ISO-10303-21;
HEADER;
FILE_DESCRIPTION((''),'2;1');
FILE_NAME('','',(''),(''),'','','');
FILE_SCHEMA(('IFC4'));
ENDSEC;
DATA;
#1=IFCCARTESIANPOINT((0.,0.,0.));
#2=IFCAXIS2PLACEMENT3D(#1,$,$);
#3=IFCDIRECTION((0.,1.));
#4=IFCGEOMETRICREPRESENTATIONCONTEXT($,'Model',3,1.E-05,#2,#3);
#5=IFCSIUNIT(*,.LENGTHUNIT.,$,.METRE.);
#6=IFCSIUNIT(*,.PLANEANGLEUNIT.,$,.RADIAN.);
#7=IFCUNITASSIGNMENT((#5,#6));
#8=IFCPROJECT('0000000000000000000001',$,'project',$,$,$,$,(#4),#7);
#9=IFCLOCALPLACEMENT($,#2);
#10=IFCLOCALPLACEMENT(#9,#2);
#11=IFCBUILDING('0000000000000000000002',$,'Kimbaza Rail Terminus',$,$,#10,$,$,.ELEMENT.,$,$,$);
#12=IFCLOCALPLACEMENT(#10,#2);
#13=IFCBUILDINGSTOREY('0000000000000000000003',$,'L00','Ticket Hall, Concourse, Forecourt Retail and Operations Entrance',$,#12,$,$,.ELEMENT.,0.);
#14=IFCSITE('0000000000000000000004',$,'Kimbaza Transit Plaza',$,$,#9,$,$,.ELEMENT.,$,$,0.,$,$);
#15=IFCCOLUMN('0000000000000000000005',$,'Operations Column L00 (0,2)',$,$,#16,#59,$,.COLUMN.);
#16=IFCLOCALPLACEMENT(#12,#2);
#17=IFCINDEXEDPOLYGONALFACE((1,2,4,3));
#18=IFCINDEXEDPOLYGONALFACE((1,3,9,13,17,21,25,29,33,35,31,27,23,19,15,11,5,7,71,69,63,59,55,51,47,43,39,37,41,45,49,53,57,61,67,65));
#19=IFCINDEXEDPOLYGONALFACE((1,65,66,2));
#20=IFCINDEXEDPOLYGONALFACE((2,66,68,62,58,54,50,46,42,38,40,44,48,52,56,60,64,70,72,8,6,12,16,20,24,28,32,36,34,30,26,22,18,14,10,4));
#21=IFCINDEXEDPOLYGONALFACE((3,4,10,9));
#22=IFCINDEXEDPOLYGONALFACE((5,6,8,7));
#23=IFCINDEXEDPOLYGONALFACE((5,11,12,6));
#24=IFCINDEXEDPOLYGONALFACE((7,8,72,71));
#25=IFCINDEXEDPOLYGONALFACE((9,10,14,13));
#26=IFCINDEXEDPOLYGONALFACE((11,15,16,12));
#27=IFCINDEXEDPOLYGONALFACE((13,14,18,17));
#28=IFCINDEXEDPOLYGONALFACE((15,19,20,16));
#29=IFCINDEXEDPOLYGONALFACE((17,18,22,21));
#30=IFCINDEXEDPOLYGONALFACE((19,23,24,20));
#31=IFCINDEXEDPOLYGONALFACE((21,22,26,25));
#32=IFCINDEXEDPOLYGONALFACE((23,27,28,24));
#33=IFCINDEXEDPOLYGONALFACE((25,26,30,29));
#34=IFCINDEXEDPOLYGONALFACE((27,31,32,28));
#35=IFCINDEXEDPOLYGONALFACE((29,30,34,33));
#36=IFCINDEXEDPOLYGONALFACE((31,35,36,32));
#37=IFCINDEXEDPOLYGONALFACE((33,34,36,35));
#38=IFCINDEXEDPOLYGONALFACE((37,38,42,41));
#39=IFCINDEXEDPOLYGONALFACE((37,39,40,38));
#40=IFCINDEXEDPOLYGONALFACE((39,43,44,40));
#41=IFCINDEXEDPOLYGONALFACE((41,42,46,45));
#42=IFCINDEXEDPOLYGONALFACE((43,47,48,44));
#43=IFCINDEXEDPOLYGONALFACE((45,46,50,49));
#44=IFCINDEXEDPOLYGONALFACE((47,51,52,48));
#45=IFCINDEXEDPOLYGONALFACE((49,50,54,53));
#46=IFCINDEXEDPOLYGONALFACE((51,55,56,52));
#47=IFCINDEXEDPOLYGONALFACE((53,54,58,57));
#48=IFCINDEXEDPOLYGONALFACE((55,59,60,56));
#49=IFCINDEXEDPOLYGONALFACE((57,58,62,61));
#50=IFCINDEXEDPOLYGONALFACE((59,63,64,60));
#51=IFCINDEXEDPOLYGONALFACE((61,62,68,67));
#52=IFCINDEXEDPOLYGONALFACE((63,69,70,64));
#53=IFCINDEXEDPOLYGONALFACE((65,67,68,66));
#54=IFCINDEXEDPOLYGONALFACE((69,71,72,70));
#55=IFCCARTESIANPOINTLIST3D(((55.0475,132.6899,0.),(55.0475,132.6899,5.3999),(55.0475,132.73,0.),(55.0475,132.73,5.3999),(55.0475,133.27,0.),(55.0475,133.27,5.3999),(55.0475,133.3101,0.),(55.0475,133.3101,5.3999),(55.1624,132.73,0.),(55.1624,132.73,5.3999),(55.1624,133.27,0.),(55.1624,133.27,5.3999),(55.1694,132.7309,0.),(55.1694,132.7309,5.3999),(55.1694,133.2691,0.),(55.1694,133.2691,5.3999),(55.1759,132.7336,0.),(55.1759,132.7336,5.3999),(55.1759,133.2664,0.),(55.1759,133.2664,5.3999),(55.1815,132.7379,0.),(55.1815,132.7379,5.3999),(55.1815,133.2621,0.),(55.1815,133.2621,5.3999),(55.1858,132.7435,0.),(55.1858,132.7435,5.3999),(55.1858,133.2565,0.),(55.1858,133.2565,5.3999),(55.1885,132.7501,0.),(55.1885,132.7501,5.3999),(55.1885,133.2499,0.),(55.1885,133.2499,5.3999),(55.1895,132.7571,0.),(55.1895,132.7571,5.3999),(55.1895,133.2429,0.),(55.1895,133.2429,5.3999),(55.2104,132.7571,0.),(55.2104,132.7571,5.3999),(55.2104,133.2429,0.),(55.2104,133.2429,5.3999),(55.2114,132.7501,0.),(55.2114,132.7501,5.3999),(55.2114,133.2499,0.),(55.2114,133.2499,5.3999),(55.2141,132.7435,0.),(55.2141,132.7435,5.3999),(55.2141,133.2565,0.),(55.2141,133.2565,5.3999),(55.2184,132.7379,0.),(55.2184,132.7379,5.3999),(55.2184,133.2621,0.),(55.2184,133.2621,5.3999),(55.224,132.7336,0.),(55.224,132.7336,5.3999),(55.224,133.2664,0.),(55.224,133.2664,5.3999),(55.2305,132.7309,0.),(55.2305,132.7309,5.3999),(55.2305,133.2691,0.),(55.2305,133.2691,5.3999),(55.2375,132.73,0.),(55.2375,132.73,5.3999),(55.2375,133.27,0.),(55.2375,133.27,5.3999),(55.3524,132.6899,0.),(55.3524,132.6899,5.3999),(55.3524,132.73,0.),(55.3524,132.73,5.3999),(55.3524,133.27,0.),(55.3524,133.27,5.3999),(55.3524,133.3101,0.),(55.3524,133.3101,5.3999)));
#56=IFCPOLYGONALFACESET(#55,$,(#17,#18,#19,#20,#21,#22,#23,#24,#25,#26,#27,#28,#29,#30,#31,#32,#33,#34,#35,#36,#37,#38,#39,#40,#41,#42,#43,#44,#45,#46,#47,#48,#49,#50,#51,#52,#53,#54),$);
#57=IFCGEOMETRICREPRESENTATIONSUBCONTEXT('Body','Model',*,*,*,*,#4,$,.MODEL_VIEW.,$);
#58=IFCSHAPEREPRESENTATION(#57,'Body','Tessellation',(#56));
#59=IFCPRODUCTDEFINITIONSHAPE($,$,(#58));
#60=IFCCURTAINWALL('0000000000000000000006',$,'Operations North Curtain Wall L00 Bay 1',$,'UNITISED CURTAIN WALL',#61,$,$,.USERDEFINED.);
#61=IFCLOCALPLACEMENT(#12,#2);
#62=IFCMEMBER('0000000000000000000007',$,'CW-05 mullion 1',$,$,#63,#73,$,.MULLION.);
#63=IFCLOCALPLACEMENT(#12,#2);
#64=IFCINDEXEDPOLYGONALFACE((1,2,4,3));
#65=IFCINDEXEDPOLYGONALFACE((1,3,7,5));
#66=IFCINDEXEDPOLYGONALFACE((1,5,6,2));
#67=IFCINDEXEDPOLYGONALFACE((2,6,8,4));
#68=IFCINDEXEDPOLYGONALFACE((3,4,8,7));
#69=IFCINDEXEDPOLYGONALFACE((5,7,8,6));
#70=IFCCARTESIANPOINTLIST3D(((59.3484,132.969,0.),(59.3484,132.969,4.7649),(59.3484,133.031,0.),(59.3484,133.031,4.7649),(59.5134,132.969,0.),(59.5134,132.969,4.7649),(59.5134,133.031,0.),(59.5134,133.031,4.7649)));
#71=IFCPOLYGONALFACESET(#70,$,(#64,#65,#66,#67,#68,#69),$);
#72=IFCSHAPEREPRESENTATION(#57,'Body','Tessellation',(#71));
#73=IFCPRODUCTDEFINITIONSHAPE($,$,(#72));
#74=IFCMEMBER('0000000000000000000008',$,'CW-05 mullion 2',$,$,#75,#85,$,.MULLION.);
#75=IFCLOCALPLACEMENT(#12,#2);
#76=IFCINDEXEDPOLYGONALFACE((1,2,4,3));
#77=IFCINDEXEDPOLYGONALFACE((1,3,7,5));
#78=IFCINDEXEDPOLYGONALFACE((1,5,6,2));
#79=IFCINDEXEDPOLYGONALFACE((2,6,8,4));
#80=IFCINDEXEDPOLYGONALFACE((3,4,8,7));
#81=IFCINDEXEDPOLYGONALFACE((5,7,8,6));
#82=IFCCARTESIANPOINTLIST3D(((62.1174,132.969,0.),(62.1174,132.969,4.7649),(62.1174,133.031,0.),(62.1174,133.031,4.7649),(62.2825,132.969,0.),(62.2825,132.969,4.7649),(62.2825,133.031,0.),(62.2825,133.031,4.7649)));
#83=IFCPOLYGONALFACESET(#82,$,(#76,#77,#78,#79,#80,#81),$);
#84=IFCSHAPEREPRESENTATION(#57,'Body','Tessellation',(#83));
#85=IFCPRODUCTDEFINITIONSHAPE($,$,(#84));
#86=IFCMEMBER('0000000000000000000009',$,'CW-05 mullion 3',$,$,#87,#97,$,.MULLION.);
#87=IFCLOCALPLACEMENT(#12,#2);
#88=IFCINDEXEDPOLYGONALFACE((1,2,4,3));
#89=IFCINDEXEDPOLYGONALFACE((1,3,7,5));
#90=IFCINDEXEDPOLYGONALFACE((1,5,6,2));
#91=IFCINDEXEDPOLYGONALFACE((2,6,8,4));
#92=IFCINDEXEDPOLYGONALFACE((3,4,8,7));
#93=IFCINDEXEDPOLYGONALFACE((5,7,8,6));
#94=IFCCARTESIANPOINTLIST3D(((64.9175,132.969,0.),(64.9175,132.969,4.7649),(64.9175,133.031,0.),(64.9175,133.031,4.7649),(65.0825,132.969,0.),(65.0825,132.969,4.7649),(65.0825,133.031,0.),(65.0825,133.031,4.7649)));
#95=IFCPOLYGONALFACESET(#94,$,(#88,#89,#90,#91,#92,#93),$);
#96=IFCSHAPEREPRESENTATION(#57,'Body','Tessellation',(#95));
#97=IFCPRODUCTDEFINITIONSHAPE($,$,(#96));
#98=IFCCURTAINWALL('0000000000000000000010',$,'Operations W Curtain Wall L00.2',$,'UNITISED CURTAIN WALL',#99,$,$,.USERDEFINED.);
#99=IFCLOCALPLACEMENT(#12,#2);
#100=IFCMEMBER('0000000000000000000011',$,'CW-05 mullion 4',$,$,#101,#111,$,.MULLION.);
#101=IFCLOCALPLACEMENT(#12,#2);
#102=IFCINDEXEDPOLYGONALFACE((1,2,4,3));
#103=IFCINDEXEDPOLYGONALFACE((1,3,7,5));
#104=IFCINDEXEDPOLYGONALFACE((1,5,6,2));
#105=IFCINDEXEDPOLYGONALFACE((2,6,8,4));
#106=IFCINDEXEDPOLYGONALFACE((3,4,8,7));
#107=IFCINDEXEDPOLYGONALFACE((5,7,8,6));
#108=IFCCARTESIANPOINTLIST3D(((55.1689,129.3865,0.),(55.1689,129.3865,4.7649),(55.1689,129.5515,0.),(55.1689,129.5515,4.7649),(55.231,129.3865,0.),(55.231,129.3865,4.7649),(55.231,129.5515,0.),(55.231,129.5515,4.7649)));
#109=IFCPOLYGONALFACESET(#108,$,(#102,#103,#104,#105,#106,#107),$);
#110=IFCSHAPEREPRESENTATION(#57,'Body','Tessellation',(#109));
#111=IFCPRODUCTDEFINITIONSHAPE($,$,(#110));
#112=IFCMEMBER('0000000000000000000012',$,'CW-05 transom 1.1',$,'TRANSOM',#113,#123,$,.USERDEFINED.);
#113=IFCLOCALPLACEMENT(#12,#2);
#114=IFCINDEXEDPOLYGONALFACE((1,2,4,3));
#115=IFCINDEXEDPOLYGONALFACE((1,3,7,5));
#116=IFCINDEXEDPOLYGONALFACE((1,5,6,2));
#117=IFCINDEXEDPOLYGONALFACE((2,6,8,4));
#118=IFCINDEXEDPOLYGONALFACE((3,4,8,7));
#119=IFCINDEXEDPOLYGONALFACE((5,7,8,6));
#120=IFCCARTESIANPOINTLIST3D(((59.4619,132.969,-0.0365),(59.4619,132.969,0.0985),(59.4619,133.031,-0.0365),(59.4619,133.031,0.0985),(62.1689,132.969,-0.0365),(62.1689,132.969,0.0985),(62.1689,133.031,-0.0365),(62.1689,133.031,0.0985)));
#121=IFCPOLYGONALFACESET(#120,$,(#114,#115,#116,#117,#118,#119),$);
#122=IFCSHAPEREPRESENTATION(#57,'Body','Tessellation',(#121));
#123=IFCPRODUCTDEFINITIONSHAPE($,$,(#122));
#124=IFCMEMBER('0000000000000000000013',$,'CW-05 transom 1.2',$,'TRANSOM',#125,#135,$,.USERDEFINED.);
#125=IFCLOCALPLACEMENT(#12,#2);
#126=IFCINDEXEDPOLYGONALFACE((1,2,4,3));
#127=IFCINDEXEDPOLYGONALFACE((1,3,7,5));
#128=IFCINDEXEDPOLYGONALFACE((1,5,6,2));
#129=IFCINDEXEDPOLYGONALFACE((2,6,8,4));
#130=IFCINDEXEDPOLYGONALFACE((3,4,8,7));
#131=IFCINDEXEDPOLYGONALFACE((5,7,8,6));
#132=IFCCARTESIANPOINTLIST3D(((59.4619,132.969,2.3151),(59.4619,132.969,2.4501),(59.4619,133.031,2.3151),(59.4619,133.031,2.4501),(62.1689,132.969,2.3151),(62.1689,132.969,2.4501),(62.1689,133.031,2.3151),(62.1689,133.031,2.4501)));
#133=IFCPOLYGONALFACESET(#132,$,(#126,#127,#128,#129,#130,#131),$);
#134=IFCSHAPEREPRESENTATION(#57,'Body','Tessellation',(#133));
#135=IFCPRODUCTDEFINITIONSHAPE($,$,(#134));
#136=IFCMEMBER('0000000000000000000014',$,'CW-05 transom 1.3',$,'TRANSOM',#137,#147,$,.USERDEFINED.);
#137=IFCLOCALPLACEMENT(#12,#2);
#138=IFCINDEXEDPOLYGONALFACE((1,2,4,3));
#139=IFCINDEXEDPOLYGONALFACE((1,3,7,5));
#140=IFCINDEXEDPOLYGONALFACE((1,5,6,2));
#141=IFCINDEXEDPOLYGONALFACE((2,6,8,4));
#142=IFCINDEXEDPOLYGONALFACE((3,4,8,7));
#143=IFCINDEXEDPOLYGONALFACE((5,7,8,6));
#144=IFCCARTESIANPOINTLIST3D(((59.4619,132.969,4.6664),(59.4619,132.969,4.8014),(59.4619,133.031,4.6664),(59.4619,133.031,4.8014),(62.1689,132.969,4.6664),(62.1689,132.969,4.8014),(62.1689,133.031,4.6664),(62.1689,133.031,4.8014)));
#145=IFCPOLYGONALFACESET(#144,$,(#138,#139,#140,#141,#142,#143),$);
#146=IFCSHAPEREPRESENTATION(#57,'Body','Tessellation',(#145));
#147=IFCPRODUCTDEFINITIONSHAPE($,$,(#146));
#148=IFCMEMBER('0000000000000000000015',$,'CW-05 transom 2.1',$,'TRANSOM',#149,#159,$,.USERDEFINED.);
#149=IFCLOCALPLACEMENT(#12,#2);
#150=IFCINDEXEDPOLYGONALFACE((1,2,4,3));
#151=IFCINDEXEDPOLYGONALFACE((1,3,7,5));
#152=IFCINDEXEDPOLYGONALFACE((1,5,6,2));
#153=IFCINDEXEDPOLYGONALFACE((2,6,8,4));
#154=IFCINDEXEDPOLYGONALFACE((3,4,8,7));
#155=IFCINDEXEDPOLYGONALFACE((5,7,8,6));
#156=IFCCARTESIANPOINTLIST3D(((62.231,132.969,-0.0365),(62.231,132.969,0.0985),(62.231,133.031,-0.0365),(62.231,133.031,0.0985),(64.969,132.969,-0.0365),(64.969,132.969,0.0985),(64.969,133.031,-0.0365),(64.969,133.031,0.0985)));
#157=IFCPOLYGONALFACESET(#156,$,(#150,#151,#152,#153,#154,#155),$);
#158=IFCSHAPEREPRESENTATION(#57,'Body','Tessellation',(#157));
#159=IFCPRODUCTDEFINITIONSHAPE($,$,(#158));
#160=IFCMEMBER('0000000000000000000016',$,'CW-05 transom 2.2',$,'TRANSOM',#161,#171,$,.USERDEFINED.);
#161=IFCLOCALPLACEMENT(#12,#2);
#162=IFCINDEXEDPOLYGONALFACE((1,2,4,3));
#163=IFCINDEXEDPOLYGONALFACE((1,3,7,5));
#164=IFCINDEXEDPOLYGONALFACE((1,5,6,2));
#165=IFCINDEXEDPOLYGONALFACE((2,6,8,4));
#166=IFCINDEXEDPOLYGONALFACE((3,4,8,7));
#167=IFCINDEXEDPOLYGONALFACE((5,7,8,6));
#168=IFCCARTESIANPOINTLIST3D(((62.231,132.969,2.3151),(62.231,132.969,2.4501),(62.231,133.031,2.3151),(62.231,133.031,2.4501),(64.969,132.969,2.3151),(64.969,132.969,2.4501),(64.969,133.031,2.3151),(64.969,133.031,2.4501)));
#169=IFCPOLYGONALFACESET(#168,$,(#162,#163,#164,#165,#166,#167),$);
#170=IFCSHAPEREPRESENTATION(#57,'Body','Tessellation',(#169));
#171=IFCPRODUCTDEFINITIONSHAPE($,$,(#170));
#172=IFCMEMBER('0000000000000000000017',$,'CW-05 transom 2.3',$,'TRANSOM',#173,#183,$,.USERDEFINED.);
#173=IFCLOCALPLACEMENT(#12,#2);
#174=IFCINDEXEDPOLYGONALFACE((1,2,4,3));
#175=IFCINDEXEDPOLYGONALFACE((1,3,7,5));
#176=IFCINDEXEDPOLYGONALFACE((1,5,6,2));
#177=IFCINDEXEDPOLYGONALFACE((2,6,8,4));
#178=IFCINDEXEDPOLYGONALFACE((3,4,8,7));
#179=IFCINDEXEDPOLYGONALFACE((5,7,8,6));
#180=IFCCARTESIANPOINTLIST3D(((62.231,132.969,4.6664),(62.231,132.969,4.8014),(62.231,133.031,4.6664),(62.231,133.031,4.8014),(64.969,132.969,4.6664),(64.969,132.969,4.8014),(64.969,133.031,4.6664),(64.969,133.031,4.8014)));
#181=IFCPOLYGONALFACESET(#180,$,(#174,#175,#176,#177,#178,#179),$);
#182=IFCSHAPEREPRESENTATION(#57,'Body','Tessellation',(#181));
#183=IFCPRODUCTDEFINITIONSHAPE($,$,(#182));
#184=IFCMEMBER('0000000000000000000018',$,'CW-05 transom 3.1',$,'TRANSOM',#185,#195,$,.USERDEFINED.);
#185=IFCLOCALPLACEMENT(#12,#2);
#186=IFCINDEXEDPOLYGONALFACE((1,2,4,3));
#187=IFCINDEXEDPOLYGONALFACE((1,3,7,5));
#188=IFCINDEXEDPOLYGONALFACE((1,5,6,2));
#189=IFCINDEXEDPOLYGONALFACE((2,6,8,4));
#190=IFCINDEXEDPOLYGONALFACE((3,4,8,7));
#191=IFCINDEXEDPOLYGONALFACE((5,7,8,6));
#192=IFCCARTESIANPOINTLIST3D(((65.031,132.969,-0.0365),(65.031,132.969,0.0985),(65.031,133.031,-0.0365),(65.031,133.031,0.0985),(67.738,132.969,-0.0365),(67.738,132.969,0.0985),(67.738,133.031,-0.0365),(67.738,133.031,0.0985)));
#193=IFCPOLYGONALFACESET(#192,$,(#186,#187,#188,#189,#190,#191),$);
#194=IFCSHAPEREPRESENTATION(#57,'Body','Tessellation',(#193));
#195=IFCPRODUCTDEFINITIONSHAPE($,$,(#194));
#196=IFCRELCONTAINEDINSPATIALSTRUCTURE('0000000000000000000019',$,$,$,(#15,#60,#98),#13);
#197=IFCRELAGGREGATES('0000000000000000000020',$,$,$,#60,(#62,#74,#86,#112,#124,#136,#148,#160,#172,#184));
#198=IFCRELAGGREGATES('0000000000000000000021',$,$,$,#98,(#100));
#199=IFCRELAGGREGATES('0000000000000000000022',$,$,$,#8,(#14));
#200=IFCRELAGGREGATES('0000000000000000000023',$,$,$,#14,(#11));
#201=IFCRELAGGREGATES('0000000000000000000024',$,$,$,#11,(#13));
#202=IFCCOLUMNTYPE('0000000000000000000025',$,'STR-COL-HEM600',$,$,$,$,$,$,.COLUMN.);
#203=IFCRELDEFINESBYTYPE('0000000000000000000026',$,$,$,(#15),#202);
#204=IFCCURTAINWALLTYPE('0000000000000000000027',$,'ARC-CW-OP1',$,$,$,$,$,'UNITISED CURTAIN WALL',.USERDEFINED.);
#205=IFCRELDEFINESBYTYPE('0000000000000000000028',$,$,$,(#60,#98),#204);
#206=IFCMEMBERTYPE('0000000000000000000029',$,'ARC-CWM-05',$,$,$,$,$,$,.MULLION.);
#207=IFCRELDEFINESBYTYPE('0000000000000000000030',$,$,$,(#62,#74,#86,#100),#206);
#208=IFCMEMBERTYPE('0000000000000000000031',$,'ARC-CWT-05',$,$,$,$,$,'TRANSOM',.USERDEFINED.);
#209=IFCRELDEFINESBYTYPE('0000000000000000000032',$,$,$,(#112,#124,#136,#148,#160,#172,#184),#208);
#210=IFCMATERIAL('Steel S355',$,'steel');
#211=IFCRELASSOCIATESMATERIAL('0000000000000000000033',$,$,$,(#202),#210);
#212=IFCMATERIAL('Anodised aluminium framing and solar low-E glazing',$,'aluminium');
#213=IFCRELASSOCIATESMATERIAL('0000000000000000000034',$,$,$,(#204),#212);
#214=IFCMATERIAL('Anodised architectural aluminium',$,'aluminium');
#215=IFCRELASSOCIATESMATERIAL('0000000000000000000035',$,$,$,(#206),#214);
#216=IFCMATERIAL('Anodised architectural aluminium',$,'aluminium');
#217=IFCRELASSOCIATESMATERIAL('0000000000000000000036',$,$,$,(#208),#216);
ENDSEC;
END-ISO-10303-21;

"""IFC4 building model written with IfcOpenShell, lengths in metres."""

from ifc_helpers import new_model, si_unit, direction, frame, origin, origin_2d, place, context, subcontext, project, spatial, rectangle, i_section, extrude, material, material_profile, profile_set, type_object, element, aggregate, save


model = new_model("IFC4")

# Units and contexts
model_context = context("Model", 3, precision=1e-05, world=origin(), true_north=direction((0.0, 1.0)))
body_context = subcontext(model_context, "Body", "Model", "MODEL_VIEW")
ifc_project = project(units=[si_unit("LENGTHUNIT", "METRE"), si_unit("PLANEANGLEUNIT", "RADIAN")], contexts=[model_context])

# Site, building, storey
site_placement = place(None, origin())
site = spatial("IfcSite", under=ifc_project, at=site_placement, Name="Kimbaza Transit Plaza", CompositionType="ELEMENT", RefElevation=0.0)
building_placement = place(site_placement, origin())
building = spatial("IfcBuilding", under=site, at=building_placement, Name="Kimbaza Rail Terminus", CompositionType="ELEMENT")
storey_placement = place(building_placement, origin())
storey = spatial("IfcBuildingStorey", under=building, at=storey_placement, Name="L00", Description="Ticket Hall, Concourse, Forecourt Retail and Operations Entrance", CompositionType="ELEMENT", Elevation=0.0)

# Column
ifc_material_1 = material(Name="Steel S355", Category="steel")
ifc_material_profile_1 = material_profile(ifc_material_1, i_section(OverallWidth=0.3049, OverallDepth=0.6201, WebThickness=0.021, FlangeThickness=0.04, FilletRadius=0.0271, at=origin_2d()), Name="HEM 600")
ifc_profile_set_1 = profile_set([ifc_material_profile_1], Name="Steel S355")
column_type = type_object("IfcColumnType", Name="STR-COL-HEM600", PredefinedType="COLUMN", material=ifc_profile_set_1)
column_placement = place(storey_placement, frame((55.2, 133.0, 0.0), z_axis=(0.0, 0.0, 1.0), x_axis=(1.0, 0.0, 0.0)))
element("IfcColumn", 1, at=column_placement, inside=storey, type_object=column_type, Name="Operations Column L00 (0,2)", PredefinedType="COLUMN", context=body_context, shape_type="SweptSolid", body=[
    extrude(i_section(OverallWidth=0.3049, OverallDepth=0.6201, WebThickness=0.021, FlangeThickness=0.04, FilletRadius=0.0271, at=origin_2d()), origin(), (0.0, 0.0, 1.0), 5.3999),
])

# Curtain wall, members
ifc_material_2 = material(Name="Anodised aluminium framing and solar low-E glazing", Category="aluminium")
curtain_wall_type = type_object("IfcCurtainWallType", Name="ARC-CW-OP1", ElementType="UNITISED CURTAIN WALL", PredefinedType="USERDEFINED", material=ifc_material_2)
curtain_wall_1_placement = place(storey_placement, origin())
curtain_wall_1 = element("IfcCurtainWall", 2, at=curtain_wall_1_placement, inside=storey, type_object=curtain_wall_type, Name="Operations North Curtain Wall L00 Bay 1", ObjectType="UNITISED CURTAIN WALL", PredefinedType="USERDEFINED")
ifc_material_3 = material(Name="Anodised architectural aluminium", Category="aluminium")
ifc_material_profile_2 = material_profile(ifc_material_3, rectangle(XDim=0.062, YDim=0.165, at=origin_2d()), Name="MULLION 62x165")
ifc_profile_set_2 = profile_set([ifc_material_profile_2], Name="Anodised architectural aluminium")
member_type_1 = type_object("IfcMemberType", Name="ARC-CWM-05", PredefinedType="MULLION", material=ifc_profile_set_2)
member_1_placement = place(storey_placement, frame((59.4309, 133.0, 0.0), z_axis=(0.0, 0.0, 1.0), x_axis=(0.0, 1.0, 0.0)))
member_1 = element("IfcMember", 3, at=member_1_placement, type_object=member_type_1, Name="CW-05 mullion 1", PredefinedType="MULLION", context=body_context, shape_type="SweptSolid", body=[
    extrude(rectangle(XDim=0.062, YDim=0.165, at=origin_2d()), origin(), (0.0, 0.0, 1.0), 4.7649),
])
member_2_placement = place(storey_placement, frame((62.2, 133.0, 0.0), z_axis=(0.0, 0.0, 1.0), x_axis=(0.0, 1.0, 0.0)))
member_2 = element("IfcMember", 4, at=member_2_placement, type_object=member_type_1, Name="CW-05 mullion 2", PredefinedType="MULLION", context=body_context, shape_type="SweptSolid", body=[
    extrude(rectangle(XDim=0.062, YDim=0.165, at=origin_2d()), origin(), (0.0, 0.0, 1.0), 4.7649),
])
member_3_placement = place(storey_placement, frame((65.0, 133.0, 0.0), z_axis=(0.0, 0.0, 1.0), x_axis=(0.0, 1.0, 0.0)))
member_3 = element("IfcMember", 5, at=member_3_placement, type_object=member_type_1, Name="CW-05 mullion 3", PredefinedType="MULLION", context=body_context, shape_type="SweptSolid", body=[
    extrude(rectangle(XDim=0.062, YDim=0.165, at=origin_2d()), origin(), (0.0, 0.0, 1.0), 4.7649),
])

# Curtain wall, member
curtain_wall_2_placement = place(storey_placement, origin())
curtain_wall_2 = element("IfcCurtainWall", 6, at=curtain_wall_2_placement, inside=storey, type_object=curtain_wall_type, Name="Operations W Curtain Wall L00.2", ObjectType="UNITISED CURTAIN WALL", PredefinedType="USERDEFINED")
member_4_placement = place(storey_placement, frame((55.2, 129.469, 0.0), z_axis=(0.0, 0.0, 1.0), x_axis=(-1.0, 0.0, 0.0)))
member_4 = element("IfcMember", 7, at=member_4_placement, type_object=member_type_1, Name="CW-05 mullion 4", PredefinedType="MULLION", context=body_context, shape_type="SweptSolid", body=[
    extrude(rectangle(XDim=0.062, YDim=0.165, at=origin_2d()), origin(), (0.0, 0.0, 1.0), 4.7649),
])

# Members
ifc_material_4 = material(Name="Anodised architectural aluminium", Category="aluminium")
ifc_material_profile_3 = material_profile(ifc_material_4, rectangle(XDim=0.062, YDim=0.135, at=origin_2d()), Name="TRANSOM 62x135")
ifc_profile_set_3 = profile_set([ifc_material_profile_3], Name="Anodised architectural aluminium")
member_type_2 = type_object("IfcMemberType", Name="ARC-CWT-05", ElementType="TRANSOM", PredefinedType="USERDEFINED", material=ifc_profile_set_3)
member_5_placement = place(storey_placement, frame((59.4619, 133.0, 0.031), z_axis=(1.0, 0.0, 0.0), x_axis=(0.0, 1.0, 0.0)))
member_5 = element("IfcMember", 8, at=member_5_placement, type_object=member_type_2, Name="CW-05 transom 1.1", ObjectType="TRANSOM", PredefinedType="USERDEFINED", context=body_context, shape_type="SweptSolid", body=[
    extrude(rectangle(XDim=0.062, YDim=0.135, at=origin_2d()), origin(), (0.0, 0.0, 1.0), 2.707),
])
member_6_placement = place(storey_placement, frame((59.4619, 133.0, 2.3826), z_axis=(1.0, 0.0, 0.0), x_axis=(0.0, 1.0, 0.0)))
member_6 = element("IfcMember", 9, at=member_6_placement, type_object=member_type_2, Name="CW-05 transom 1.2", ObjectType="TRANSOM", PredefinedType="USERDEFINED", context=body_context, shape_type="SweptSolid", body=[
    extrude(rectangle(XDim=0.062, YDim=0.135, at=origin_2d()), origin(), (0.0, 0.0, 1.0), 2.707),
])
member_7_placement = place(storey_placement, frame((59.4619, 133.0, 4.7339), z_axis=(1.0, 0.0, 0.0), x_axis=(0.0, 1.0, 0.0)))
member_7 = element("IfcMember", 10, at=member_7_placement, type_object=member_type_2, Name="CW-05 transom 1.3", ObjectType="TRANSOM", PredefinedType="USERDEFINED", context=body_context, shape_type="SweptSolid", body=[
    extrude(rectangle(XDim=0.062, YDim=0.135, at=origin_2d()), origin(), (0.0, 0.0, 1.0), 2.707),
])
member_8_placement = place(storey_placement, frame((62.231, 133.0, 0.031), z_axis=(1.0, 0.0, 0.0), x_axis=(0.0, 1.0, 0.0)))
member_8 = element("IfcMember", 11, at=member_8_placement, type_object=member_type_2, Name="CW-05 transom 2.1", ObjectType="TRANSOM", PredefinedType="USERDEFINED", context=body_context, shape_type="SweptSolid", body=[
    extrude(rectangle(XDim=0.062, YDim=0.135, at=origin_2d()), origin(), (0.0, 0.0, 1.0), 2.738),
])
member_9_placement = place(storey_placement, frame((62.231, 133.0, 2.3826), z_axis=(1.0, 0.0, 0.0), x_axis=(0.0, 1.0, 0.0)))
member_9 = element("IfcMember", 12, at=member_9_placement, type_object=member_type_2, Name="CW-05 transom 2.2", ObjectType="TRANSOM", PredefinedType="USERDEFINED", context=body_context, shape_type="SweptSolid", body=[
    extrude(rectangle(XDim=0.062, YDim=0.135, at=origin_2d()), origin(), (0.0, 0.0, 1.0), 2.738),
])
member_10_placement = place(storey_placement, frame((62.231, 133.0, 4.7339), z_axis=(1.0, 0.0, 0.0), x_axis=(0.0, 1.0, 0.0)))
member_10 = element("IfcMember", 13, at=member_10_placement, type_object=member_type_2, Name="CW-05 transom 2.3", ObjectType="TRANSOM", PredefinedType="USERDEFINED", context=body_context, shape_type="SweptSolid", body=[
    extrude(rectangle(XDim=0.062, YDim=0.135, at=origin_2d()), origin(), (0.0, 0.0, 1.0), 2.738),
])
member_11_placement = place(storey_placement, frame((65.031, 133.0, 0.031), z_axis=(1.0, 0.0, 0.0), x_axis=(0.0, 1.0, 0.0)))
member_11 = element("IfcMember", 14, at=member_11_placement, type_object=member_type_2, Name="CW-05 transom 3.1", ObjectType="TRANSOM", PredefinedType="USERDEFINED", context=body_context, shape_type="SweptSolid", body=[
    extrude(rectangle(XDim=0.062, YDim=0.135, at=origin_2d()), origin(), (0.0, 0.0, 1.0), 2.707),
])

aggregate(curtain_wall_1, [member_1, member_2, member_3, member_5, member_6, member_7, member_8, member_9, member_10, member_11])
aggregate(curtain_wall_2, [member_4])

save(model, "model.ifc")
